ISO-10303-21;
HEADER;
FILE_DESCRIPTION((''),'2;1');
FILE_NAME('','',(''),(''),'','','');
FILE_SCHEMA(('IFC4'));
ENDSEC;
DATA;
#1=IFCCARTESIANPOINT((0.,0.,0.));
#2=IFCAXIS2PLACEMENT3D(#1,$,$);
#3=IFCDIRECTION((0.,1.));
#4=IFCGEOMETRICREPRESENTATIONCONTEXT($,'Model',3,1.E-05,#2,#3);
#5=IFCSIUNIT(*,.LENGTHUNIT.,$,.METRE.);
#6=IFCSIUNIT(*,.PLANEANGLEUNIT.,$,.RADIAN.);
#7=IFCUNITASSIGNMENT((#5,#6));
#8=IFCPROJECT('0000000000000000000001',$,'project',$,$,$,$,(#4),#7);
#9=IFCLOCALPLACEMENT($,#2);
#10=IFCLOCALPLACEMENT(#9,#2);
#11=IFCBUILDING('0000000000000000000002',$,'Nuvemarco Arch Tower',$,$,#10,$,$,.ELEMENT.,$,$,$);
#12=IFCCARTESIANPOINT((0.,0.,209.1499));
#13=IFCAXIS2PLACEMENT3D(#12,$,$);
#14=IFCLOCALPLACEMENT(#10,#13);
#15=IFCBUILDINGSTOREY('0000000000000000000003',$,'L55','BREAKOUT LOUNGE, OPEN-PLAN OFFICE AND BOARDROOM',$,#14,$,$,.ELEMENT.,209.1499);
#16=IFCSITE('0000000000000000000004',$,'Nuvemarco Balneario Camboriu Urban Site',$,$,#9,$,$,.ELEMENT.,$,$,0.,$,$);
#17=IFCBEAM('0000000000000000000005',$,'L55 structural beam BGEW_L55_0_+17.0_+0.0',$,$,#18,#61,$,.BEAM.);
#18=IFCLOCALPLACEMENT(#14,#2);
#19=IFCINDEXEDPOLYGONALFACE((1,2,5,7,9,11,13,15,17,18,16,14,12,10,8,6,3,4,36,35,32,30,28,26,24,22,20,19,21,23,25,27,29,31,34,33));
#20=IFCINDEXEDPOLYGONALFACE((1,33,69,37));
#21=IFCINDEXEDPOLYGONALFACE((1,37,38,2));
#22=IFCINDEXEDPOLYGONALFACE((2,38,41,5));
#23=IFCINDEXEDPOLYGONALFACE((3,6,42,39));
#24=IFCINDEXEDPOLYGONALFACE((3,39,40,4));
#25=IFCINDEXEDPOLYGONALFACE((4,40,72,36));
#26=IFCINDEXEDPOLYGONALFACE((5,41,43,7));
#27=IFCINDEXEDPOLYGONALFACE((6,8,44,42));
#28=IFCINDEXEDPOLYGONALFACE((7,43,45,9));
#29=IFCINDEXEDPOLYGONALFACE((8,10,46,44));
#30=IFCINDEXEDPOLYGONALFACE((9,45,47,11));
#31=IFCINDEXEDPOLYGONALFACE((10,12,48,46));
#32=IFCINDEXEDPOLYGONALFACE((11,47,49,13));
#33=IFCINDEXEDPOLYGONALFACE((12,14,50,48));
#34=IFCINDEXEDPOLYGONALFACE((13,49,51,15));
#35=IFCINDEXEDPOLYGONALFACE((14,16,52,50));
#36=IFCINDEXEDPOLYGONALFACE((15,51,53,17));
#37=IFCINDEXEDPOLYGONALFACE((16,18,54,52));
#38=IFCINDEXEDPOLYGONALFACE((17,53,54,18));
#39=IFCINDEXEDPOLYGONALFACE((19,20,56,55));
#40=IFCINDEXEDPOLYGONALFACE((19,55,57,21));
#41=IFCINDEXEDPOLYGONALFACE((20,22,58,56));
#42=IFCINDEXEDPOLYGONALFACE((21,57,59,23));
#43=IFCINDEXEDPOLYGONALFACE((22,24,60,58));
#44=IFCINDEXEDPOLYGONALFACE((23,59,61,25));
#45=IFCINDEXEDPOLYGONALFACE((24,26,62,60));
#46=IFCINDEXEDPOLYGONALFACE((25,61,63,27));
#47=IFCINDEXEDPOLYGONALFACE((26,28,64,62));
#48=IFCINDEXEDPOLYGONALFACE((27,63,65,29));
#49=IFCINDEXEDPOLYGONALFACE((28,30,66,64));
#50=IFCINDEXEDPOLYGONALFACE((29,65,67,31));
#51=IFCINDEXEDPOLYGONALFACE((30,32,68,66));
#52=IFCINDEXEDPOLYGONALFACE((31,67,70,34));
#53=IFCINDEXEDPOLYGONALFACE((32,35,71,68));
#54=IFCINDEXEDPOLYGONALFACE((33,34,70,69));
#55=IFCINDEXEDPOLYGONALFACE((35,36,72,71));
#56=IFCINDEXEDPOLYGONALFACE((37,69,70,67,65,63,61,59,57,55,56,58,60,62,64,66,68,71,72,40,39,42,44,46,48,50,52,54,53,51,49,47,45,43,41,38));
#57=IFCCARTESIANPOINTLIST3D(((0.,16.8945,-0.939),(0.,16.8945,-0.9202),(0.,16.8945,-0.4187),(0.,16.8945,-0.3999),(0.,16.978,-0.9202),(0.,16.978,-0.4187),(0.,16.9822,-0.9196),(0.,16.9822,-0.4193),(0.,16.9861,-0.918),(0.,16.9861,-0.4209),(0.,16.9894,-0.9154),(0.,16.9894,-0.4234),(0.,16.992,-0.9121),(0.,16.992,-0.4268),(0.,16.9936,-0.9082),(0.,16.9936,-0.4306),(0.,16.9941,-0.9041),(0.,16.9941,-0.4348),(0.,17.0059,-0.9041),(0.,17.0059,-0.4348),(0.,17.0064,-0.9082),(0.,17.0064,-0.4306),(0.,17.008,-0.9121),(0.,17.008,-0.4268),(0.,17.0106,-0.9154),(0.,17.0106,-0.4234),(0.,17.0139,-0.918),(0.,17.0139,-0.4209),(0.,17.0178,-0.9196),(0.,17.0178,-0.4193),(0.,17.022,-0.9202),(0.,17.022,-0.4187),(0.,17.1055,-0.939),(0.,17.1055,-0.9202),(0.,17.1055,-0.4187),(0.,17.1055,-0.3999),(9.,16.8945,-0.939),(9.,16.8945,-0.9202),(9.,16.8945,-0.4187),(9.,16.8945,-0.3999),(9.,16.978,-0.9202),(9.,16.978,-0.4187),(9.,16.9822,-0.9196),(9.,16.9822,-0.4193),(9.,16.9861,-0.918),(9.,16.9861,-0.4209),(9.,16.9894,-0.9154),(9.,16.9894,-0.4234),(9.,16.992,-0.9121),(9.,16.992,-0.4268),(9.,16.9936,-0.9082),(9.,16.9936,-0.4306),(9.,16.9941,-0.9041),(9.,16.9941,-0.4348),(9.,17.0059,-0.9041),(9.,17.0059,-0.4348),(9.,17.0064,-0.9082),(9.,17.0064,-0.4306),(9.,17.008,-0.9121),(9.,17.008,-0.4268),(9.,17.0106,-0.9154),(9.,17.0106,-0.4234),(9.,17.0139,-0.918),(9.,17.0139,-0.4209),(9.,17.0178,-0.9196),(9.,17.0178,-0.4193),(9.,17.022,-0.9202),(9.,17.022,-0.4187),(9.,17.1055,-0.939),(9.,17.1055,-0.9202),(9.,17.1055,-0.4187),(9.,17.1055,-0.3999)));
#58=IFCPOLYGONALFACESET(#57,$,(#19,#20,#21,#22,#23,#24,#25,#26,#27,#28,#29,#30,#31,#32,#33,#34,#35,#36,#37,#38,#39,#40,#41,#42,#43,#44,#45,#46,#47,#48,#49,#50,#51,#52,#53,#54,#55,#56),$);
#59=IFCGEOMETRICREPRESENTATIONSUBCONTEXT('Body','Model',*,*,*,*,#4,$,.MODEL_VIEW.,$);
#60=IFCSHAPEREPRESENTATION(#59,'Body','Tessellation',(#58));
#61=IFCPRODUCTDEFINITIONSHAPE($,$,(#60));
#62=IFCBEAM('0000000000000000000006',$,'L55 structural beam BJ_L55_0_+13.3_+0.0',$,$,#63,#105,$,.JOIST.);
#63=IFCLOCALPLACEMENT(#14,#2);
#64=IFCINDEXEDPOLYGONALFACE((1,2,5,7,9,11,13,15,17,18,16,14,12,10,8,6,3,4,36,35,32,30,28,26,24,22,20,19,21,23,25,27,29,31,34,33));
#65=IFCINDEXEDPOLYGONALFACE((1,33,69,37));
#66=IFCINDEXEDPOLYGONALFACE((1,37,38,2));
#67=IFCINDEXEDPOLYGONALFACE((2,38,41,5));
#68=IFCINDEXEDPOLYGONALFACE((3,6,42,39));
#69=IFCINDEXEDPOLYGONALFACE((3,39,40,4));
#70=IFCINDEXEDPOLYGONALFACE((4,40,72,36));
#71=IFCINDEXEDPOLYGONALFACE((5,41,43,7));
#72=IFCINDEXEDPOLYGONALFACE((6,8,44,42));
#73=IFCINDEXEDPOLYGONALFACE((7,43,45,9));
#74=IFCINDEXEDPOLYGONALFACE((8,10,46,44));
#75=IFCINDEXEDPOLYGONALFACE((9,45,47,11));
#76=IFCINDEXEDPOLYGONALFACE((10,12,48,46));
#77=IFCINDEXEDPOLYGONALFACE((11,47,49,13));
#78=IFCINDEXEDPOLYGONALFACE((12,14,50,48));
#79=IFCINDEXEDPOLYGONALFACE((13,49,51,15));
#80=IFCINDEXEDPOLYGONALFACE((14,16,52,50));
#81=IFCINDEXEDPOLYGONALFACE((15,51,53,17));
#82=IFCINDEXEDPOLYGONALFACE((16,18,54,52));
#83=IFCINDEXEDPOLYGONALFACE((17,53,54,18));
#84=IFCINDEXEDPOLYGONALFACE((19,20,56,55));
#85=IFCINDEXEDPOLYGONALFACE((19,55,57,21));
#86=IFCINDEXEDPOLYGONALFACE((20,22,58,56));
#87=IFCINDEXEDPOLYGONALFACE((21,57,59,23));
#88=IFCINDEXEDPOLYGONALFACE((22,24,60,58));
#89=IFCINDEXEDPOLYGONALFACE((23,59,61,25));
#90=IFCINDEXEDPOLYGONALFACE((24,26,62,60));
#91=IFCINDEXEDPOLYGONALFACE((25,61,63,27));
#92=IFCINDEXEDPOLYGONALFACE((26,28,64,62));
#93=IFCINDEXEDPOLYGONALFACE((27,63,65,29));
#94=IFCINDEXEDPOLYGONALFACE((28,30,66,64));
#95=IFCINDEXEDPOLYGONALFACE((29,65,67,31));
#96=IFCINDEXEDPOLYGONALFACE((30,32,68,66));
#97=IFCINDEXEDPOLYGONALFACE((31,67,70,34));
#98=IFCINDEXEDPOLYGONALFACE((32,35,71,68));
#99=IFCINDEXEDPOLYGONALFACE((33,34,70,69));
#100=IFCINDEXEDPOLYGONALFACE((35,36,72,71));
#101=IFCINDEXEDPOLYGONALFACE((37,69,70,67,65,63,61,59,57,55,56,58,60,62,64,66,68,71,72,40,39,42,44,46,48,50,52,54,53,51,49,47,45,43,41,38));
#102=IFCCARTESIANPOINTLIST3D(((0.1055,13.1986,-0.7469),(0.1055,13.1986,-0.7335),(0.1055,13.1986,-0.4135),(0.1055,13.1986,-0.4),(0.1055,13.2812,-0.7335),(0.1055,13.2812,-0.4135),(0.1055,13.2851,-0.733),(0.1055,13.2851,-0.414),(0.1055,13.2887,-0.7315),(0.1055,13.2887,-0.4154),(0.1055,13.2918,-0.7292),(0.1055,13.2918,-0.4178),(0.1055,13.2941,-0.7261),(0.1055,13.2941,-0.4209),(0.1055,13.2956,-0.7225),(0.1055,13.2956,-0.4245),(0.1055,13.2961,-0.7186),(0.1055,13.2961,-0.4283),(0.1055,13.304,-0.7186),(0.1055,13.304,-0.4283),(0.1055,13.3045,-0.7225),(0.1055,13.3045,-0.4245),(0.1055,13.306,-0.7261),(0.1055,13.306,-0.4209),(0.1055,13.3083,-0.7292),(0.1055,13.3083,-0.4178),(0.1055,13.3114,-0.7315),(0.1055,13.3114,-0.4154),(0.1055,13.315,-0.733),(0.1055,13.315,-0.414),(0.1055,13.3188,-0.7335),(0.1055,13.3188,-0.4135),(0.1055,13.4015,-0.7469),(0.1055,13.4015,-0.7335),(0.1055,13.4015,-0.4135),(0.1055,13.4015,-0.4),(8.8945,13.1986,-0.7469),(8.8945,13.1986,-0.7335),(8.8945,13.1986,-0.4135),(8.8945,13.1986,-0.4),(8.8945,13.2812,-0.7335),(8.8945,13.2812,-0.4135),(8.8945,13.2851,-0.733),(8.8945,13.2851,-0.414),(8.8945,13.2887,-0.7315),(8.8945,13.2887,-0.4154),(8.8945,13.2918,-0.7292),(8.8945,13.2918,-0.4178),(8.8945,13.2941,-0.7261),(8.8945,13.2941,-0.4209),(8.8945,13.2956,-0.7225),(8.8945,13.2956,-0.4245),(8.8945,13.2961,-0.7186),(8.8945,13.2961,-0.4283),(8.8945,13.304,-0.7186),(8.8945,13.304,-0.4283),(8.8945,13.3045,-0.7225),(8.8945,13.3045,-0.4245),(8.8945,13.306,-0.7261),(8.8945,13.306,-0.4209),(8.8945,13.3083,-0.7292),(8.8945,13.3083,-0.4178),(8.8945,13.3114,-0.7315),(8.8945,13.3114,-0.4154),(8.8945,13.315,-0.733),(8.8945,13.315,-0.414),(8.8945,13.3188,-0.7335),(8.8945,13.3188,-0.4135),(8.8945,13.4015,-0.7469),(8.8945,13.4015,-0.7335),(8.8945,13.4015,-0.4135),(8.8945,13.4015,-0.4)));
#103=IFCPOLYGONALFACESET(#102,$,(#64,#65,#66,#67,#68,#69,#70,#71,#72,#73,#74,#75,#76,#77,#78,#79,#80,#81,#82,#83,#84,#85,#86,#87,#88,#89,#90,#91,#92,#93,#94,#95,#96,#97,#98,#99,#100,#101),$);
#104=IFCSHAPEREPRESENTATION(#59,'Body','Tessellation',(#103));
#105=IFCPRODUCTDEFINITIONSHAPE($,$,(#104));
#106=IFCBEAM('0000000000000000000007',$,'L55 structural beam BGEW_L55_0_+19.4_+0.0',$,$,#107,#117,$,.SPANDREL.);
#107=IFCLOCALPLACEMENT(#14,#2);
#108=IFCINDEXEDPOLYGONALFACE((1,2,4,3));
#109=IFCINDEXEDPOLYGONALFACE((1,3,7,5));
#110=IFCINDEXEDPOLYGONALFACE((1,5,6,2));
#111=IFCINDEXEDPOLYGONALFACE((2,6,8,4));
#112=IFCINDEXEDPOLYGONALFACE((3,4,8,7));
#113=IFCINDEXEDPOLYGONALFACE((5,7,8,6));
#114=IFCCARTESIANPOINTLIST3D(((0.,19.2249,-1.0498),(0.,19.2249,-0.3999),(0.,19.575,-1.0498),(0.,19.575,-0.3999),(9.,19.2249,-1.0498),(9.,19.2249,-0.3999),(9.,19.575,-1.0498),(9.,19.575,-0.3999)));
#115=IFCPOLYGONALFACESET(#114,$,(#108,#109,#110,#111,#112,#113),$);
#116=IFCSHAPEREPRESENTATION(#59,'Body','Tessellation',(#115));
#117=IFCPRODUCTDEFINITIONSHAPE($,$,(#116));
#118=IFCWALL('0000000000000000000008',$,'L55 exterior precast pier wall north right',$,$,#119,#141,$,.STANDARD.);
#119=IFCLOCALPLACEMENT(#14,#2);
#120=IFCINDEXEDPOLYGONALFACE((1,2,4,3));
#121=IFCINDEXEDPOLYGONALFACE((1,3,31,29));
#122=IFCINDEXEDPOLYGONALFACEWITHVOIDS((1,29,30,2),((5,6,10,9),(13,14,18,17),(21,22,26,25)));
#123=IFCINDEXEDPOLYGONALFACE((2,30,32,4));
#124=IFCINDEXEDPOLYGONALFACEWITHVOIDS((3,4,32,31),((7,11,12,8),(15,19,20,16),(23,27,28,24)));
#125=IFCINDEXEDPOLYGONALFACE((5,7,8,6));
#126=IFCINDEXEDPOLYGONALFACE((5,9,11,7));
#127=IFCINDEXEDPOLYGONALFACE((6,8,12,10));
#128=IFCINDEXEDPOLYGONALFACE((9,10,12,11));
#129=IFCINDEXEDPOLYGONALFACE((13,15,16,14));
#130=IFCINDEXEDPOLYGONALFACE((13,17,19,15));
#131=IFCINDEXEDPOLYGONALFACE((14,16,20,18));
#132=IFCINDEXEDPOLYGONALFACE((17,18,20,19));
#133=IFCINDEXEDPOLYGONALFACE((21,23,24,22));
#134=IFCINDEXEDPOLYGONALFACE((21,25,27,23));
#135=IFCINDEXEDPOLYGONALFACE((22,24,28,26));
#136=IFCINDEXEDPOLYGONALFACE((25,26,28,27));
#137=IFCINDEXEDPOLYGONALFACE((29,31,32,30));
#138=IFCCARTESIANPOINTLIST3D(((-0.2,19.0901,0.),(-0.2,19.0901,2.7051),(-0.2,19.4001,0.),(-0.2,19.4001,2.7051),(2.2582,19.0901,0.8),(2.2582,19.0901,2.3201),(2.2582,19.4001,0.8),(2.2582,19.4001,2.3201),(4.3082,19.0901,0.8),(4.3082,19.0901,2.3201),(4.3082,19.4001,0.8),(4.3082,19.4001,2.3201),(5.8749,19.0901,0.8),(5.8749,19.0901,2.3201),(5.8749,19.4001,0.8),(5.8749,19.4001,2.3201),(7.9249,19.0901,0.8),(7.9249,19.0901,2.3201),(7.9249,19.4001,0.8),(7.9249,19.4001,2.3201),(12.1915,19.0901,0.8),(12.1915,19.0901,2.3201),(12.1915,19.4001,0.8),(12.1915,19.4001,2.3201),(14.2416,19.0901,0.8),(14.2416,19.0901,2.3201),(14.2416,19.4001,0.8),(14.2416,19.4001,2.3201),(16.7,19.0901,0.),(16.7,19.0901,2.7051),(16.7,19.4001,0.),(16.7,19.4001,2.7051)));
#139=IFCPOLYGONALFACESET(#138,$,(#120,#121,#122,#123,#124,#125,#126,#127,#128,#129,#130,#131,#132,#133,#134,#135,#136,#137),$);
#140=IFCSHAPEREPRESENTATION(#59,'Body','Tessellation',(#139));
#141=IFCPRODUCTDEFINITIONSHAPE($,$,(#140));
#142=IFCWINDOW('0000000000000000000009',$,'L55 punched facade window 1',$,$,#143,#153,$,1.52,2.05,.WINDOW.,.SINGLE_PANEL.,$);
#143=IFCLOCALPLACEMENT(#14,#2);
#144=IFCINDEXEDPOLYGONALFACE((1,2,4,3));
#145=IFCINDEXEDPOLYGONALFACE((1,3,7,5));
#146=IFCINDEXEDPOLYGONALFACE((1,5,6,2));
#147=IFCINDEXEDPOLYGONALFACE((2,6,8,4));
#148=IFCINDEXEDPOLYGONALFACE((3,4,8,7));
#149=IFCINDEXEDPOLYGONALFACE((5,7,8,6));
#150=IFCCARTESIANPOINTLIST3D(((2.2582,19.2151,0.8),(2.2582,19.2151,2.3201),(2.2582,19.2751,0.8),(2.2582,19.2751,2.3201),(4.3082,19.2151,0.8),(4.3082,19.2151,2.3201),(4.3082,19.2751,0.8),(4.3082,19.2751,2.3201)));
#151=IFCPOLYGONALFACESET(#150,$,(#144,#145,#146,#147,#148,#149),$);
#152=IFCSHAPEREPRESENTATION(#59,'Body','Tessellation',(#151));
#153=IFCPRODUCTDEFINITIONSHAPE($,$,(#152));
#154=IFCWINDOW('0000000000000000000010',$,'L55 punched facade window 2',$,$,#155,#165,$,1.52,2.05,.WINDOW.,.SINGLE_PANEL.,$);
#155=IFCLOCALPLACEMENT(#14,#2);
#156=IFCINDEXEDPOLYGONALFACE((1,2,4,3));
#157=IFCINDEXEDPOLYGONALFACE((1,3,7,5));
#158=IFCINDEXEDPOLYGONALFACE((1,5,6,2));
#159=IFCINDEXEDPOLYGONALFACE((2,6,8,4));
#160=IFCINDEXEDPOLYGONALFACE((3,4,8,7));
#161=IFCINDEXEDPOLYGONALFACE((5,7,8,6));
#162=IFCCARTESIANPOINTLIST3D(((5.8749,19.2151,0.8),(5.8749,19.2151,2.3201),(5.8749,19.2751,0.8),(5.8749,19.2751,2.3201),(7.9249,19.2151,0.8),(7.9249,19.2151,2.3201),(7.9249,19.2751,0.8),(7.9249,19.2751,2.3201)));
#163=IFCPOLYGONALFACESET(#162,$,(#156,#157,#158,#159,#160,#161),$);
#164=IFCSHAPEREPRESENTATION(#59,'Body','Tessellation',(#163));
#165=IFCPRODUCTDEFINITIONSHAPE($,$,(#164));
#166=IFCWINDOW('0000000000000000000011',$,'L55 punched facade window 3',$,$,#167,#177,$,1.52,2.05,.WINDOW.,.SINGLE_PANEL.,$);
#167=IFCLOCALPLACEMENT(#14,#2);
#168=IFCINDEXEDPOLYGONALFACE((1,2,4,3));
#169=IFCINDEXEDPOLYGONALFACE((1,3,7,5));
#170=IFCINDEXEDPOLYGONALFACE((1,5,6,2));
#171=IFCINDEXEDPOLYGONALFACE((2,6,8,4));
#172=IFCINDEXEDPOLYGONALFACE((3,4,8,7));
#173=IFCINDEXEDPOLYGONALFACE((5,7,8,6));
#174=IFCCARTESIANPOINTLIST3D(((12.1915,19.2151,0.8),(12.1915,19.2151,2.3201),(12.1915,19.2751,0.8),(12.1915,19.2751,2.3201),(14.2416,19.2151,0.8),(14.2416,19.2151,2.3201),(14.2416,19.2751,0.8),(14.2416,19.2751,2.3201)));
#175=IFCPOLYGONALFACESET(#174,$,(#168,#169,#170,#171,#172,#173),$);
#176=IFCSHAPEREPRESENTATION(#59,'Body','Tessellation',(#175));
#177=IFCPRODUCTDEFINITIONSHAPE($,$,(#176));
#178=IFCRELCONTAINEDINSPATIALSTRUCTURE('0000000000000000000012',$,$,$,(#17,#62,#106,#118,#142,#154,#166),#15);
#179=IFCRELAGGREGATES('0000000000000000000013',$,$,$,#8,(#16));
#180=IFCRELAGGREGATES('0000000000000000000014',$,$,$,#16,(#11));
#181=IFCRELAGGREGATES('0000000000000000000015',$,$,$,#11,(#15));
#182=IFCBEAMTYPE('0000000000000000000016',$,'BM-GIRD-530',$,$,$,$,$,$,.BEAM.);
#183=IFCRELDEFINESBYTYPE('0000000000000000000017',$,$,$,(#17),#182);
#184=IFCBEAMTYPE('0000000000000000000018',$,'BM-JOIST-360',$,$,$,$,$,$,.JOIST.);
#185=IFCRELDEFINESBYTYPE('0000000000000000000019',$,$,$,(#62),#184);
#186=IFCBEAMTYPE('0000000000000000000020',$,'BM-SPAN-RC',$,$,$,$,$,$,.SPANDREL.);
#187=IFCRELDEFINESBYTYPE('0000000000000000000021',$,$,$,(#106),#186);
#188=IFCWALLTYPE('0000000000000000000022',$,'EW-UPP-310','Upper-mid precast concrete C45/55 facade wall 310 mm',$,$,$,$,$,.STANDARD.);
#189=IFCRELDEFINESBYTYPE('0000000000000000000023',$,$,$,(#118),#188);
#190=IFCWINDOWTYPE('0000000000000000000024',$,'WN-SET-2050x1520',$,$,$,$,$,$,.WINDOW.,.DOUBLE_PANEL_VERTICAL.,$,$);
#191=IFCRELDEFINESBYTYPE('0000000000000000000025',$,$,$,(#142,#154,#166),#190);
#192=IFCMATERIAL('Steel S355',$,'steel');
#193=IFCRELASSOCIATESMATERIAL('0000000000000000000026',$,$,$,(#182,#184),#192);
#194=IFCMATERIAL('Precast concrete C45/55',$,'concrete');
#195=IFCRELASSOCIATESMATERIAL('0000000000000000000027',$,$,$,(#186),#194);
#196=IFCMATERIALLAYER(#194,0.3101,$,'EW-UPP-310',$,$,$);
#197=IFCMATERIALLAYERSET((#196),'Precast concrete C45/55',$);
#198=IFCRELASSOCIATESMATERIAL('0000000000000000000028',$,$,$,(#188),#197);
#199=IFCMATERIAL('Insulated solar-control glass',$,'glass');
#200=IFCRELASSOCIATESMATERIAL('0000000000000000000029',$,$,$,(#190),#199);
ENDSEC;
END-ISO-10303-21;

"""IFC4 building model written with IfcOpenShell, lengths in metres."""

from ifc_helpers import new_model, si_unit, direction, frame, frame_2d, origin, origin_2d, place, context, subcontext, project, spatial, rectangle, i_section, extrude, source, transform, mapped, material, layer, layer_set, material_profile, profile_set, type_object, type_shapes, element, fill, save


model = new_model("IFC4")

# Units and contexts
model_context = context("Model", 3, precision=1e-05, world=origin(), true_north=direction((0.0, 1.0)))
body_context = subcontext(model_context, "Body", "Model", "MODEL_VIEW")
ifc_project = project(units=[si_unit("LENGTHUNIT", "METRE"), si_unit("PLANEANGLEUNIT", "RADIAN")], contexts=[model_context])

# Site, building, storey
site_placement = place(None, origin())
site = spatial("IfcSite", under=ifc_project, at=site_placement, Name="Nuvemarco Balneario Camboriu Urban Site", CompositionType="ELEMENT", RefElevation=0.0)
building_placement = place(site_placement, origin())
building = spatial("IfcBuilding", under=site, at=building_placement, Name="Nuvemarco Arch Tower", CompositionType="ELEMENT")
storey_placement = place(building_placement, frame((0.0, 0.0, 209.1499)))
storey = spatial("IfcBuildingStorey", under=building, at=storey_placement, Name="L55", Description="BREAKOUT LOUNGE, OPEN-PLAN OFFICE AND BOARDROOM", CompositionType="ELEMENT", Elevation=209.1499)

# Shared definitions
ifc_material_1 = material(Name="Steel S355", Category="steel")

# Beams
ifc_material_profile_1 = material_profile(ifc_material_1, i_section(OverallWidth=0.2109, OverallDepth=0.5391, WebThickness=0.0117, FlangeThickness=0.0188, FilletRadius=0.0161, at=origin_2d()), Name="W530x109")
ifc_profile_set_1 = profile_set([ifc_material_profile_1], Name="Steel S355")
beam_type_1 = type_object("IfcBeamType", Name="BM-GIRD-530", PredefinedType="BEAM", material=ifc_profile_set_1)
beam_1_placement = place(storey_placement, frame((0.0, 17.0, -0.6694), z_axis=(1.0, 0.0, 0.0), x_axis=(0.0, 1.0, 0.0)))
element("IfcBeam", 1, at=beam_1_placement, inside=storey, type_object=beam_type_1, Name="L55 structural beam BGEW_L55_0_+17.0_+0.0", PredefinedType="BEAM", context=body_context, shape_type="SweptSolid", body=[
    extrude(i_section(OverallWidth=0.2109, OverallDepth=0.5391, WebThickness=0.0117, FlangeThickness=0.0188, FilletRadius=0.0161, at=origin_2d()), origin(), (0.0, 0.0, 1.0), 9.0),
])
ifc_material_profile_2 = material_profile(ifc_material_1, i_section(OverallWidth=0.2029, OverallDepth=0.3469, WebThickness=0.0078, FlangeThickness=0.0134, FilletRadius=0.0149, at=origin_2d()), Name="W360x64")
ifc_profile_set_2 = profile_set([ifc_material_profile_2], Name="Steel S355")
beam_type_2 = type_object("IfcBeamType", Name="BM-JOIST-360", PredefinedType="JOIST", material=ifc_profile_set_2)
beam_2_placement = place(storey_placement, frame((0.1055, 13.3, -0.5735), z_axis=(1.0, 0.0, 0.0), x_axis=(0.0, 1.0, 0.0)))
element("IfcBeam", 2, at=beam_2_placement, inside=storey, type_object=beam_type_2, Name="L55 structural beam BJ_L55_0_+13.3_+0.0", PredefinedType="JOIST", context=body_context, shape_type="SweptSolid", body=[
    extrude(i_section(OverallWidth=0.2029, OverallDepth=0.3469, WebThickness=0.0078, FlangeThickness=0.0134, FilletRadius=0.0149, at=origin_2d()), origin(), (0.0, 0.0, 1.0), 8.7891),
])
ifc_material_2 = material(Name="Precast concrete C45/55", Category="concrete")
ifc_material_profile_3 = material_profile(ifc_material_2, rectangle(XDim=0.3501, YDim=0.6499, at=origin_2d()), Name="PC-SP-350x650")
ifc_profile_set_3 = profile_set([ifc_material_profile_3], Name="Precast concrete C45/55")
beam_type_3 = type_object("IfcBeamType", Name="BM-SPAN-RC", PredefinedType="SPANDREL", material=ifc_profile_set_3)
beam_3_placement = place(storey_placement, frame((0.0, 19.3999, -0.7249), z_axis=(1.0, 0.0, 0.0), x_axis=(0.0, 1.0, 0.0)))
element("IfcBeam", 3, at=beam_3_placement, inside=storey, type_object=beam_type_3, Name="L55 structural beam BGEW_L55_0_+19.4_+0.0", PredefinedType="SPANDREL", context=body_context, shape_type="SweptSolid", body=[
    extrude(rectangle(XDim=0.3501, YDim=0.6499, at=origin_2d()), origin(), (0.0, 0.0, 1.0), 9.0),
])

# Wall, openings, windows
ifc_layer_1 = layer(ifc_material_2, 0.3101, Name="EW-UPP-310")
ifc_layer_set_1 = layer_set([ifc_layer_1], Name="Precast concrete C45/55")
wall_type_1 = type_object("IfcWallType", Name="EW-UPP-310", Description="Upper-mid precast concrete C45/55 facade wall 310 mm", PredefinedType="STANDARD", material=ifc_layer_set_1)
wall_1_placement = place(storey_placement, frame((-0.2, 19.2451, 0.0), z_axis=(0.0, 0.0, 1.0), x_axis=(1.0, 0.0, 0.0)))
wall_1 = element("IfcWall", 4, at=wall_1_placement, inside=storey, type_object=wall_type_1, Name="L55 exterior precast pier wall north right", PredefinedType="STANDARD", context=body_context, shape_type="SweptSolid", body=[
    extrude(rectangle(XDim=16.8999, YDim=0.3101, at=frame_2d((8.45, 0.0))), origin(), (0.0, 0.0, 1.0), 2.7051),
])
opening_1_placement = place(wall_1_placement, frame((2.4583, 0.0, 0.8)))
opening_1 = element("IfcOpeningElement", 5, at=opening_1_placement, cuts=wall_1, PredefinedType="OPENING", context=body_context, shape_type="SweptSolid", body=[
    extrude(rectangle(XDim=2.05, YDim=1.52, at=frame_2d((1.0249, 0.76))), frame((0.0, 0.165, 0.0), z_axis=(0.0, -1.0, 0.0), x_axis=(1.0, 0.0, 0.0)), (0.0, 0.0, 1.0), 0.3301),
])
opening_2_placement = place(wall_1_placement, frame((6.075, 0.0, 0.8)))
opening_2 = element("IfcOpeningElement", 6, at=opening_2_placement, cuts=wall_1, PredefinedType="OPENING", context=body_context, shape_type="SweptSolid", body=[
    extrude(rectangle(XDim=2.05, YDim=1.52, at=frame_2d((1.0249, 0.76))), frame((0.0, 0.165, 0.0), z_axis=(0.0, -1.0, 0.0), x_axis=(1.0, 0.0, 0.0)), (0.0, 0.0, 1.0), 0.3301),
])
opening_3_placement = place(wall_1_placement, frame((12.3916, 0.0, 0.8)))
opening_3 = element("IfcOpeningElement", 7, at=opening_3_placement, cuts=wall_1, PredefinedType="OPENING", context=body_context, shape_type="SweptSolid", body=[
    extrude(rectangle(XDim=2.05, YDim=1.52, at=frame_2d((1.0249, 0.76))), frame((0.0, 0.165, 0.0), z_axis=(0.0, -1.0, 0.0), x_axis=(1.0, 0.0, 0.0)), (0.0, 0.0, 1.0), 0.3301),
])
ifc_material_3 = material(Name="Insulated solar-control glass", Category="glass")
window_type = type_object("IfcWindowType", Name="WN-SET-2050x1520", PartitioningType="DOUBLE_PANEL_VERTICAL", PredefinedType="WINDOW", material=ifc_material_3)
shared_shape_1 = source(origin(), body_context, "Body", "SweptSolid", [
    extrude(rectangle(XDim=2.05, YDim=1.52, at=frame_2d((1.0249, 0.76))), frame((0.0, 0.03, 0.0), z_axis=(0.0, -1.0, 0.0), x_axis=(1.0, 0.0, 0.0)), (0.0, 0.0, 1.0), 0.0601),
])
type_shapes(window_type, [shared_shape_1])
window_1_placement = place(opening_1_placement, origin())
window_1 = element("IfcWindow", 8, at=window_1_placement, inside=storey, type_object=window_type, Name="L55 punched facade window 1", OverallHeight=1.52, OverallWidth=2.05, PartitioningType="SINGLE_PANEL", PredefinedType="WINDOW", context=body_context, shape_type="MappedRepresentation", body=[
    mapped(shared_shape_1, transform((0.0, 0.0, 0.0), scale=1.0)),
])
fill(opening_1, window_1)
window_2_placement = place(opening_2_placement, origin())
window_2 = element("IfcWindow", 9, at=window_2_placement, inside=storey, type_object=window_type, Name="L55 punched facade window 2", OverallHeight=1.52, OverallWidth=2.05, PartitioningType="SINGLE_PANEL", PredefinedType="WINDOW", context=body_context, shape_type="MappedRepresentation", body=[
    mapped(shared_shape_1, transform((0.0, 0.0, 0.0), scale=1.0)),
])
fill(opening_2, window_2)
window_3_placement = place(opening_3_placement, origin())
window_3 = element("IfcWindow", 10, at=window_3_placement, inside=storey, type_object=window_type, Name="L55 punched facade window 3", OverallHeight=1.52, OverallWidth=2.05, PartitioningType="SINGLE_PANEL", PredefinedType="WINDOW", context=body_context, shape_type="MappedRepresentation", body=[
    mapped(shared_shape_1, transform((0.0, 0.0, 0.0), scale=1.0)),
])
fill(opening_3, window_3)

save(model, "model.ifc")
